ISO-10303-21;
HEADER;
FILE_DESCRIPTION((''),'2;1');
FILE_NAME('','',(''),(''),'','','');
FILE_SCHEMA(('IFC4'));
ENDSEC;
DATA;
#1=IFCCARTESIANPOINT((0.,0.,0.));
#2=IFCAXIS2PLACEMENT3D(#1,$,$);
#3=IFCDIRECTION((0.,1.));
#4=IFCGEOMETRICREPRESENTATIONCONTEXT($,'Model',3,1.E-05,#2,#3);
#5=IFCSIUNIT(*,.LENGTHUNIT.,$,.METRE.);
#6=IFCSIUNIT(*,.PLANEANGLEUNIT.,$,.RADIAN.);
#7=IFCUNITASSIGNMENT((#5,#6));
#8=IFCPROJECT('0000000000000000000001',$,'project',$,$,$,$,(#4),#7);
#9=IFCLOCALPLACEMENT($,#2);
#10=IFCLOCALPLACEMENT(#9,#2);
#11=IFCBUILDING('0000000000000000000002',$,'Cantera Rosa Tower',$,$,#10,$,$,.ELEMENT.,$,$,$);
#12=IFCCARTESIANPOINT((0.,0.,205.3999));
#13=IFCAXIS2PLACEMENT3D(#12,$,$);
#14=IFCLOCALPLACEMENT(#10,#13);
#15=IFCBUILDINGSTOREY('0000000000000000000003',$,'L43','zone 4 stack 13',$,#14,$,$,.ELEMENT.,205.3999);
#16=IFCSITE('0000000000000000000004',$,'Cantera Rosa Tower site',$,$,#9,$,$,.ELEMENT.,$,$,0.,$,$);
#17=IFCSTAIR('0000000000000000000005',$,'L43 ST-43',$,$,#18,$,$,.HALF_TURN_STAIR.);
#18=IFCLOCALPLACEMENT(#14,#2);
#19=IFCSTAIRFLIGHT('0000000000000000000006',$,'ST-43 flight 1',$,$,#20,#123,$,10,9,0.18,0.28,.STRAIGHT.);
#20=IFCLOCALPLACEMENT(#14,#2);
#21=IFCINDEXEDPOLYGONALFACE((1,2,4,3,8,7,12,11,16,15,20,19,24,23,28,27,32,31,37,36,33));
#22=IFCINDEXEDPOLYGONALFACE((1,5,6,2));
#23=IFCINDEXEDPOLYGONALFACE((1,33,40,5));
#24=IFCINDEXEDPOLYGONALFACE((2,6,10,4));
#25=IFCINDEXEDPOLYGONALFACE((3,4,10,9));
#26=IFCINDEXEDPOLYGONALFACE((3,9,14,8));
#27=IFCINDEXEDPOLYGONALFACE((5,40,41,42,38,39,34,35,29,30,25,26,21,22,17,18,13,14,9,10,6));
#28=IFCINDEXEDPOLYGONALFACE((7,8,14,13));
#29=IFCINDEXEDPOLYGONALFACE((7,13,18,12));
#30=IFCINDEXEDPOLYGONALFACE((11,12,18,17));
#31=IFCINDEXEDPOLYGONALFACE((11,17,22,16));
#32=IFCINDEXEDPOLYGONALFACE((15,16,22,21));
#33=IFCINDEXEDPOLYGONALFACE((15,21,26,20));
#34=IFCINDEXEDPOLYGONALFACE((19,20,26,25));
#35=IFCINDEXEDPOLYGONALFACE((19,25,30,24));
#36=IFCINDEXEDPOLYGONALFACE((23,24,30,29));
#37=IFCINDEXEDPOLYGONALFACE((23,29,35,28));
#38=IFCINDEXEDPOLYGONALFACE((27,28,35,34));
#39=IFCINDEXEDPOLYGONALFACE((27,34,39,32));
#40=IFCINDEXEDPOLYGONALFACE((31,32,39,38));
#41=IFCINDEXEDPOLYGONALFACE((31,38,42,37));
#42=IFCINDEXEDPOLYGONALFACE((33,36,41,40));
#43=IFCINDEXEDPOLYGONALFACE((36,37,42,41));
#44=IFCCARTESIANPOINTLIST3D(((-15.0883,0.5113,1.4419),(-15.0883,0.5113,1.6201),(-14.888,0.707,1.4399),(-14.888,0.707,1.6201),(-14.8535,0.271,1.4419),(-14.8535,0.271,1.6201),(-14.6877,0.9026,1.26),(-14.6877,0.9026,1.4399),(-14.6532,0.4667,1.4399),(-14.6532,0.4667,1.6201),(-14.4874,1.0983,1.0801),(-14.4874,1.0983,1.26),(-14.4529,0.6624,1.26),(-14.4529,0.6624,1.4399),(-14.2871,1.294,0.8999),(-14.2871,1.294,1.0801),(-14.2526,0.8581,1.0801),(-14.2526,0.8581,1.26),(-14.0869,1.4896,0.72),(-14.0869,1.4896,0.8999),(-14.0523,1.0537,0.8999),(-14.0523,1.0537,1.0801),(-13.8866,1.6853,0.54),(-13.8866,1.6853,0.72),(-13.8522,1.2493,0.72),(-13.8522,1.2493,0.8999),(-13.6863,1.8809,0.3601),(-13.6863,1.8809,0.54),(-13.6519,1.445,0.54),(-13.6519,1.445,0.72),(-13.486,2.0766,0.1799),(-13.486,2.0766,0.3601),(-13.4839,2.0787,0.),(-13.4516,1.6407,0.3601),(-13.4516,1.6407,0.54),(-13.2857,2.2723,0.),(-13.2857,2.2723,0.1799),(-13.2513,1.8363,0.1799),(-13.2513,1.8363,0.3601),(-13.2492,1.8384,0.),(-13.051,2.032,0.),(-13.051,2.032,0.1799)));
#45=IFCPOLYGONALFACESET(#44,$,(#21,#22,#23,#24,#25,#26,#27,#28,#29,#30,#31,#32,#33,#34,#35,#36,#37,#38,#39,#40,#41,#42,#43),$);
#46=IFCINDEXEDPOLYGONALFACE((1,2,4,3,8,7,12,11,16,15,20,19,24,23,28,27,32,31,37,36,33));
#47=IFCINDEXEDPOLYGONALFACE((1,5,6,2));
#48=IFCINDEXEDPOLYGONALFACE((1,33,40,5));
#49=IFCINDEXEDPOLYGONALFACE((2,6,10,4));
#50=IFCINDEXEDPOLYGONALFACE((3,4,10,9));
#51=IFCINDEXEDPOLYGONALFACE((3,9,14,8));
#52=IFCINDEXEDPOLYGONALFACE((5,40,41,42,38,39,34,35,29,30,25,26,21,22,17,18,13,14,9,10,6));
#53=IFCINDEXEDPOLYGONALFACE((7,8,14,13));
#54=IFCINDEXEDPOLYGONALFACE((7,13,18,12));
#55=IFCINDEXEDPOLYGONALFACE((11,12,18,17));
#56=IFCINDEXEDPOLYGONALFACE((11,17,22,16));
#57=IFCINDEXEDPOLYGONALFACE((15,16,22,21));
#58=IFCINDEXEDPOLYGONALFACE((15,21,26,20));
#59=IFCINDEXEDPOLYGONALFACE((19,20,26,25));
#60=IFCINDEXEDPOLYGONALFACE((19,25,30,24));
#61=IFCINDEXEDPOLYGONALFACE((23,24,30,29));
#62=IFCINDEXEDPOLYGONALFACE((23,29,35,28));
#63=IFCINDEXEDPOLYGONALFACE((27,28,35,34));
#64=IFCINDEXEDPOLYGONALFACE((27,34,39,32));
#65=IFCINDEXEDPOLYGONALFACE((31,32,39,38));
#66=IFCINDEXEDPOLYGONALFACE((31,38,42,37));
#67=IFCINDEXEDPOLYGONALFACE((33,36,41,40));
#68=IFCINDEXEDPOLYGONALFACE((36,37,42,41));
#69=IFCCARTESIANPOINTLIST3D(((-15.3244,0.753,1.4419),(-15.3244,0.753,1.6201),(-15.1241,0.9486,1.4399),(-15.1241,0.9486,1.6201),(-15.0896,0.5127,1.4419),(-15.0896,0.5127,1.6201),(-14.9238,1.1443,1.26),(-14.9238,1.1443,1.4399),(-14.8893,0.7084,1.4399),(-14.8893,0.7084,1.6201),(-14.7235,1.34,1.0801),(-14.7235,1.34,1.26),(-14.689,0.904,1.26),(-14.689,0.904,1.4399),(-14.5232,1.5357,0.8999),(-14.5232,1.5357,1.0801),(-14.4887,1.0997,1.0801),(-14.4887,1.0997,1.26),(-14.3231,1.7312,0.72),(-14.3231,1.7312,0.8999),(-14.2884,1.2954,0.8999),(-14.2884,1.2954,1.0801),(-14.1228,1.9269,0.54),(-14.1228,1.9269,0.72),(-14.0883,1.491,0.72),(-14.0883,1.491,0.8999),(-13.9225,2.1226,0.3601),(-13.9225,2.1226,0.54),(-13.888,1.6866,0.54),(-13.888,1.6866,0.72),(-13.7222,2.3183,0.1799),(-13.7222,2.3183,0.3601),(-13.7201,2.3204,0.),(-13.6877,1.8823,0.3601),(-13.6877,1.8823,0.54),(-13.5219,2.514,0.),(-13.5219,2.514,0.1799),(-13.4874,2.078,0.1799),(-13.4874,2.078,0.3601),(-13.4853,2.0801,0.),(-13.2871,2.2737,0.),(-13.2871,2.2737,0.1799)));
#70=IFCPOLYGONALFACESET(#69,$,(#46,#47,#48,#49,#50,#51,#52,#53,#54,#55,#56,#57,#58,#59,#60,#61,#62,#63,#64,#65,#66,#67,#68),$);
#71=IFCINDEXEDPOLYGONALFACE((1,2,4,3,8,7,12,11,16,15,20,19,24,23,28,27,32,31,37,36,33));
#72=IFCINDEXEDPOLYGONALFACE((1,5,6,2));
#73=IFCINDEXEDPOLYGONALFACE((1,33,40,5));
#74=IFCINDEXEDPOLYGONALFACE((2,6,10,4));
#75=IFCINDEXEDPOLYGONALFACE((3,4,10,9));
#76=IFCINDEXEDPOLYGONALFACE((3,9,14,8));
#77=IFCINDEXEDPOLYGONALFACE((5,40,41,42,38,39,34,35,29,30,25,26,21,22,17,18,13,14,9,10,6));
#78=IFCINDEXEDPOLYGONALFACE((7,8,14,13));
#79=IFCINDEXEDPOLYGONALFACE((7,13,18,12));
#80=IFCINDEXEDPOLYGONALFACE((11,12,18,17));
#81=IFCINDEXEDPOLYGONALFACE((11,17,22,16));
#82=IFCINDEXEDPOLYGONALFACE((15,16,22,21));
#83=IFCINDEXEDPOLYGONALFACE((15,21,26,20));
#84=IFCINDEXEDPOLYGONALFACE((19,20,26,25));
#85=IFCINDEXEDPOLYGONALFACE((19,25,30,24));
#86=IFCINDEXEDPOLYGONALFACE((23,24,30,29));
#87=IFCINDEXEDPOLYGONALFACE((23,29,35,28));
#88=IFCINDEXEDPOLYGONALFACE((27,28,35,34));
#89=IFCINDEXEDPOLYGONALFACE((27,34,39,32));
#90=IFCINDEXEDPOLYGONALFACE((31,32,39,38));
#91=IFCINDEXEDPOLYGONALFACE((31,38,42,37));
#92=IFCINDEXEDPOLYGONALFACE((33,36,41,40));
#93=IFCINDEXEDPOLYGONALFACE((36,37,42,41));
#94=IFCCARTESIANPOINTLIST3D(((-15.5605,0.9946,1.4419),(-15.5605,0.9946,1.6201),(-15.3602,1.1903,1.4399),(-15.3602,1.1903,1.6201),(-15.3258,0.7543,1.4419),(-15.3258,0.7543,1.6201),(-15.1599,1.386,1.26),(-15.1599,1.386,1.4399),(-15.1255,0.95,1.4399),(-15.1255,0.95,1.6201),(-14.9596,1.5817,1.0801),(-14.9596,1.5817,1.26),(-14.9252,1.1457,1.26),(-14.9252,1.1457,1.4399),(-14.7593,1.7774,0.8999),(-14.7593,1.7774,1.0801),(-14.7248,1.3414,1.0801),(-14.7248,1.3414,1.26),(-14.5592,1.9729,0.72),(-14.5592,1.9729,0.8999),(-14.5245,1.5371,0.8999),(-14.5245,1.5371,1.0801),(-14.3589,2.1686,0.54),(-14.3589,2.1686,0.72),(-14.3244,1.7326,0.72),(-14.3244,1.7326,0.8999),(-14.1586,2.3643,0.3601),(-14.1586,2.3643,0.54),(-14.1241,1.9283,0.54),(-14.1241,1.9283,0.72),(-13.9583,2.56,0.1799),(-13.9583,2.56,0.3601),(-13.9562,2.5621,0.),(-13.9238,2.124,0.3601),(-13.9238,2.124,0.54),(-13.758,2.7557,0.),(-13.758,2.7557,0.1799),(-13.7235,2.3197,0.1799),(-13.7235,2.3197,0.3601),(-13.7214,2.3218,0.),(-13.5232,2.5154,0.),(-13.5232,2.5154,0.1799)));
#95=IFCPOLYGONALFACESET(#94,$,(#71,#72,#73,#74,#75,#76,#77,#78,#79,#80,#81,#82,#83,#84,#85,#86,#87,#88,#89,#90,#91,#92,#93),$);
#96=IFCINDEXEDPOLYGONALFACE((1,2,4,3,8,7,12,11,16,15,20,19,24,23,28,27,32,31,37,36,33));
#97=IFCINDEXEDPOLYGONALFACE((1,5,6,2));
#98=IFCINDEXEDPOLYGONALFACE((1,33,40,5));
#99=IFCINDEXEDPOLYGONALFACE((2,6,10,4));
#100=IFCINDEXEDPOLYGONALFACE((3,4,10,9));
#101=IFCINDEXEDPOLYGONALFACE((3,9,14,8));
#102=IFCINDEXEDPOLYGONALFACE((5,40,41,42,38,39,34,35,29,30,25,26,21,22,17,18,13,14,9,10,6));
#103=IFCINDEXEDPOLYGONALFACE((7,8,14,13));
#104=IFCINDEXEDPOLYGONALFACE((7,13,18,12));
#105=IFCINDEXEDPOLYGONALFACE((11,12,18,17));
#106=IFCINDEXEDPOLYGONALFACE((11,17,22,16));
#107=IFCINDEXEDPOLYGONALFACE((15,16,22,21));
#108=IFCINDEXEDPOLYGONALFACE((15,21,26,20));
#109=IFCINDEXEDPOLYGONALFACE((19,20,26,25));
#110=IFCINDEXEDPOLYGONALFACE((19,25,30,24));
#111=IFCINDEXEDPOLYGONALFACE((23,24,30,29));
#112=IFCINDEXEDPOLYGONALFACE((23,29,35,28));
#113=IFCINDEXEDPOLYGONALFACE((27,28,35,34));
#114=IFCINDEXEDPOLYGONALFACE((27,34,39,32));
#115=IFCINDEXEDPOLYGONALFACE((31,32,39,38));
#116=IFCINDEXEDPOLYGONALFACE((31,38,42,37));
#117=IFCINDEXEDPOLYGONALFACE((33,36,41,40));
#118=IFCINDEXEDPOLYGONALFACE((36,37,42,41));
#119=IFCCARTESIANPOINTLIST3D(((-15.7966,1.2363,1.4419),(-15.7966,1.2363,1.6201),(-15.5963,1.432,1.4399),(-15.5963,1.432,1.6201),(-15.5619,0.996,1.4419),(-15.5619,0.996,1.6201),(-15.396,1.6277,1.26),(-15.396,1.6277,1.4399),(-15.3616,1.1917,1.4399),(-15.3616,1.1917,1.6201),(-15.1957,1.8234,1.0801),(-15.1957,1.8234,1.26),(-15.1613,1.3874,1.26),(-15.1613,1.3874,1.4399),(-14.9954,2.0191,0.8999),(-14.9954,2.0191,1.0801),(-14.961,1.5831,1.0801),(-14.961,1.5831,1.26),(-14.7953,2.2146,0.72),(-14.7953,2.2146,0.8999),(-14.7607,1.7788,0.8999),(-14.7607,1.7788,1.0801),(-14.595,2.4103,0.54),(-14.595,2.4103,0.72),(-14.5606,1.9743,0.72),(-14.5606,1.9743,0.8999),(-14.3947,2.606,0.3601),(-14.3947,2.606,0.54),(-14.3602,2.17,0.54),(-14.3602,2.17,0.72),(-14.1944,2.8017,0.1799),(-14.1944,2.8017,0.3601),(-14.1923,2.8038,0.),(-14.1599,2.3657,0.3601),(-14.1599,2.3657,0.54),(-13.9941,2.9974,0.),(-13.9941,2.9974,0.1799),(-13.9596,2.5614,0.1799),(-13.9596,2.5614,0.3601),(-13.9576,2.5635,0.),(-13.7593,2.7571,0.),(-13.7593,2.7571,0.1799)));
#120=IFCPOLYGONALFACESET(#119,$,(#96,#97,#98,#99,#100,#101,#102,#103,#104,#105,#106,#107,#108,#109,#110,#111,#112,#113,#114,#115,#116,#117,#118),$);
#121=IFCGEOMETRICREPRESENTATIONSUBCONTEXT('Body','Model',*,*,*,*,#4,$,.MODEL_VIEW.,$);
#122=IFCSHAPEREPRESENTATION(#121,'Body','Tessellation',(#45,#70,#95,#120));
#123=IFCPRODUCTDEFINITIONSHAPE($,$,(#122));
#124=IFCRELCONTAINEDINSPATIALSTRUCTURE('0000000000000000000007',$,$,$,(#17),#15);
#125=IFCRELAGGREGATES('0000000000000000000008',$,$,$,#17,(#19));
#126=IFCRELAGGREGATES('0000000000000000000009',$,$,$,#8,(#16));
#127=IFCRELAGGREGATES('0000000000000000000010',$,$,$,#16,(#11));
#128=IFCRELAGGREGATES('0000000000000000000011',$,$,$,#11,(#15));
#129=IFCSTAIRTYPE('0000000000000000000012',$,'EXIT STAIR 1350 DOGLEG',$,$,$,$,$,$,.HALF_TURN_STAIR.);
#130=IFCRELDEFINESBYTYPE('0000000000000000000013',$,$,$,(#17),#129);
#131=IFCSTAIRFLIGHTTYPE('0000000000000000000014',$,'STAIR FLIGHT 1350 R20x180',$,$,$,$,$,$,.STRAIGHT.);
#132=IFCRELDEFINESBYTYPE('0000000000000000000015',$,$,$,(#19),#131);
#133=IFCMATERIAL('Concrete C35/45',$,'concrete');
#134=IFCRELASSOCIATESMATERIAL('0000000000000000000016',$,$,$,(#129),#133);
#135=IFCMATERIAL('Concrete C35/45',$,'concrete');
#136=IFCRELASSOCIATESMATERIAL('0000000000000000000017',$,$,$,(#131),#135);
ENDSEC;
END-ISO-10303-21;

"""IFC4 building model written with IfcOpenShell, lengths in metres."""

from ifc_helpers import new_model, si_unit, direction, frame, origin, place, context, subcontext, project, spatial, polyline, outline, extrude, material, type_object, element, aggregate, save


model = new_model("IFC4")

# Units and contexts
model_context = context("Model", 3, precision=1e-05, world=origin(), true_north=direction((0.0, 1.0)))
body_context = subcontext(model_context, "Body", "Model", "MODEL_VIEW")
ifc_project = project(units=[si_unit("LENGTHUNIT", "METRE"), si_unit("PLANEANGLEUNIT", "RADIAN")], contexts=[model_context])

# Site, building, storey
site_placement = place(None, origin())
site = spatial("IfcSite", under=ifc_project, at=site_placement, Name="Cantera Rosa Tower site", CompositionType="ELEMENT", RefElevation=0.0)
building_placement = place(site_placement, origin())
building = spatial("IfcBuilding", under=site, at=building_placement, Name="Cantera Rosa Tower", CompositionType="ELEMENT")
storey_placement = place(building_placement, frame((0.0, 0.0, 205.3999)))
storey = spatial("IfcBuildingStorey", under=building, at=storey_placement, Name="L43", Description="zone 4 stack 13", CompositionType="ELEMENT", Elevation=205.3999)

# Stair, stair flight
ifc_material_1 = material(Name="Concrete C35/45", Category="concrete")
stair_type = type_object("IfcStairType", Name="EXIT STAIR 1350 DOGLEG", PredefinedType="HALF_TURN_STAIR", material=ifc_material_1)
stair_placement = place(storey_placement, origin())
stair = element("IfcStair", 1, at=stair_placement, inside=storey, type_object=stair_type, Name="L43 ST-43", PredefinedType="HALF_TURN_STAIR")
ifc_material_2 = material(Name="Concrete C35/45", Category="concrete")
stair_flight_type = type_object("IfcStairFlightType", Name="STAIR FLIGHT 1350 R20x180", PredefinedType="STRAIGHT", material=ifc_material_2)
stair_flight_placement = place(storey_placement, frame((-13.5227, 2.5149, 0.0), z_axis=(0.0, 0.0, 1.0), x_axis=(-0.715286, -0.698832, 0.0)))
stair_flight = element("IfcStairFlight", 2, at=stair_flight_placement, type_object=stair_flight_type, Name="ST-43 flight 1", NumberOfRisers=10, NumberOfTreads=9, PredefinedType="STRAIGHT", RiserHeight=0.18, TreadLength=0.28, context=body_context, shape_type="SweptSolid", body=[
    extrude(outline(polyline([(0.0, 0.0), (0.0, 0.1799), (0.28, 0.1799), (0.28, 0.3601), (0.5601, 0.3601), (0.5601, 0.54), (0.8401, 0.54), (0.8401, 0.72), (1.1201, 0.72), (1.1201, 0.8999), (1.3999, 0.8999), (1.3999, 1.0801), (1.6799, 1.0801), (1.6799, 1.26), (1.96, 1.26), (1.96, 1.4399), (2.24, 1.4399), (2.24, 1.6201), (2.52, 1.6201), (2.52, 1.8), (2.52, 1.4419), (0.2771, 0.0), (0.0, 0.0)])), frame((0.0, 0.675, 0.0), z_axis=(0.0, -1.0, 0.0), x_axis=(1.0, 0.0, 0.0)), (0.0, 0.0, 1.0), 0.3359),
    extrude(outline(polyline([(0.0, 0.0), (0.0, 0.1799), (0.28, 0.1799), (0.28, 0.3601), (0.5601, 0.3601), (0.5601, 0.54), (0.8401, 0.54), (0.8401, 0.72), (1.1201, 0.72), (1.1201, 0.8999), (1.3999, 0.8999), (1.3999, 1.0801), (1.6799, 1.0801), (1.6799, 1.26), (1.96, 1.26), (1.96, 1.4399), (2.24, 1.4399), (2.24, 1.6201), (2.52, 1.6201), (2.52, 1.8), (2.52, 1.4419), (0.2771, 0.0), (0.0, 0.0)])), frame((0.0, 0.3372, 0.0), z_axis=(0.0, -1.0, 0.0), x_axis=(1.0, 0.0, 0.0)), (0.0, 0.0, 1.0), 0.3359),
    extrude(outline(polyline([(0.0, 0.0), (0.0, 0.1799), (0.28, 0.1799), (0.28, 0.3601), (0.5601, 0.3601), (0.5601, 0.54), (0.8401, 0.54), (0.8401, 0.72), (1.1201, 0.72), (1.1201, 0.8999), (1.3999, 0.8999), (1.3999, 1.0801), (1.6799, 1.0801), (1.6799, 1.26), (1.96, 1.26), (1.96, 1.4399), (2.24, 1.4399), (2.24, 1.6201), (2.52, 1.6201), (2.52, 1.8), (2.52, 1.4419), (0.2771, 0.0), (0.0, 0.0)])), frame((0.0, -0.0007, 0.0), z_axis=(0.0, -1.0, 0.0), x_axis=(1.0, 0.0, 0.0)), (0.0, 0.0, 1.0), 0.3359),
    extrude(outline(polyline([(0.0, 0.0), (0.0, 0.1799), (0.28, 0.1799), (0.28, 0.3601), (0.5601, 0.3601), (0.5601, 0.54), (0.8401, 0.54), (0.8401, 0.72), (1.1201, 0.72), (1.1201, 0.8999), (1.3999, 0.8999), (1.3999, 1.0801), (1.6799, 1.0801), (1.6799, 1.26), (1.96, 1.26), (1.96, 1.4399), (2.24, 1.4399), (2.24, 1.6201), (2.52, 1.6201), (2.52, 1.8), (2.52, 1.4419), (0.2771, 0.0), (0.0, 0.0)])), frame((0.0, -0.3386, 0.0), z_axis=(0.0, -1.0, 0.0), x_axis=(1.0, 0.0, 0.0)), (0.0, 0.0, 1.0), 0.3359),
])
aggregate(stair, [stair_flight])

save(model, "model.ifc")
